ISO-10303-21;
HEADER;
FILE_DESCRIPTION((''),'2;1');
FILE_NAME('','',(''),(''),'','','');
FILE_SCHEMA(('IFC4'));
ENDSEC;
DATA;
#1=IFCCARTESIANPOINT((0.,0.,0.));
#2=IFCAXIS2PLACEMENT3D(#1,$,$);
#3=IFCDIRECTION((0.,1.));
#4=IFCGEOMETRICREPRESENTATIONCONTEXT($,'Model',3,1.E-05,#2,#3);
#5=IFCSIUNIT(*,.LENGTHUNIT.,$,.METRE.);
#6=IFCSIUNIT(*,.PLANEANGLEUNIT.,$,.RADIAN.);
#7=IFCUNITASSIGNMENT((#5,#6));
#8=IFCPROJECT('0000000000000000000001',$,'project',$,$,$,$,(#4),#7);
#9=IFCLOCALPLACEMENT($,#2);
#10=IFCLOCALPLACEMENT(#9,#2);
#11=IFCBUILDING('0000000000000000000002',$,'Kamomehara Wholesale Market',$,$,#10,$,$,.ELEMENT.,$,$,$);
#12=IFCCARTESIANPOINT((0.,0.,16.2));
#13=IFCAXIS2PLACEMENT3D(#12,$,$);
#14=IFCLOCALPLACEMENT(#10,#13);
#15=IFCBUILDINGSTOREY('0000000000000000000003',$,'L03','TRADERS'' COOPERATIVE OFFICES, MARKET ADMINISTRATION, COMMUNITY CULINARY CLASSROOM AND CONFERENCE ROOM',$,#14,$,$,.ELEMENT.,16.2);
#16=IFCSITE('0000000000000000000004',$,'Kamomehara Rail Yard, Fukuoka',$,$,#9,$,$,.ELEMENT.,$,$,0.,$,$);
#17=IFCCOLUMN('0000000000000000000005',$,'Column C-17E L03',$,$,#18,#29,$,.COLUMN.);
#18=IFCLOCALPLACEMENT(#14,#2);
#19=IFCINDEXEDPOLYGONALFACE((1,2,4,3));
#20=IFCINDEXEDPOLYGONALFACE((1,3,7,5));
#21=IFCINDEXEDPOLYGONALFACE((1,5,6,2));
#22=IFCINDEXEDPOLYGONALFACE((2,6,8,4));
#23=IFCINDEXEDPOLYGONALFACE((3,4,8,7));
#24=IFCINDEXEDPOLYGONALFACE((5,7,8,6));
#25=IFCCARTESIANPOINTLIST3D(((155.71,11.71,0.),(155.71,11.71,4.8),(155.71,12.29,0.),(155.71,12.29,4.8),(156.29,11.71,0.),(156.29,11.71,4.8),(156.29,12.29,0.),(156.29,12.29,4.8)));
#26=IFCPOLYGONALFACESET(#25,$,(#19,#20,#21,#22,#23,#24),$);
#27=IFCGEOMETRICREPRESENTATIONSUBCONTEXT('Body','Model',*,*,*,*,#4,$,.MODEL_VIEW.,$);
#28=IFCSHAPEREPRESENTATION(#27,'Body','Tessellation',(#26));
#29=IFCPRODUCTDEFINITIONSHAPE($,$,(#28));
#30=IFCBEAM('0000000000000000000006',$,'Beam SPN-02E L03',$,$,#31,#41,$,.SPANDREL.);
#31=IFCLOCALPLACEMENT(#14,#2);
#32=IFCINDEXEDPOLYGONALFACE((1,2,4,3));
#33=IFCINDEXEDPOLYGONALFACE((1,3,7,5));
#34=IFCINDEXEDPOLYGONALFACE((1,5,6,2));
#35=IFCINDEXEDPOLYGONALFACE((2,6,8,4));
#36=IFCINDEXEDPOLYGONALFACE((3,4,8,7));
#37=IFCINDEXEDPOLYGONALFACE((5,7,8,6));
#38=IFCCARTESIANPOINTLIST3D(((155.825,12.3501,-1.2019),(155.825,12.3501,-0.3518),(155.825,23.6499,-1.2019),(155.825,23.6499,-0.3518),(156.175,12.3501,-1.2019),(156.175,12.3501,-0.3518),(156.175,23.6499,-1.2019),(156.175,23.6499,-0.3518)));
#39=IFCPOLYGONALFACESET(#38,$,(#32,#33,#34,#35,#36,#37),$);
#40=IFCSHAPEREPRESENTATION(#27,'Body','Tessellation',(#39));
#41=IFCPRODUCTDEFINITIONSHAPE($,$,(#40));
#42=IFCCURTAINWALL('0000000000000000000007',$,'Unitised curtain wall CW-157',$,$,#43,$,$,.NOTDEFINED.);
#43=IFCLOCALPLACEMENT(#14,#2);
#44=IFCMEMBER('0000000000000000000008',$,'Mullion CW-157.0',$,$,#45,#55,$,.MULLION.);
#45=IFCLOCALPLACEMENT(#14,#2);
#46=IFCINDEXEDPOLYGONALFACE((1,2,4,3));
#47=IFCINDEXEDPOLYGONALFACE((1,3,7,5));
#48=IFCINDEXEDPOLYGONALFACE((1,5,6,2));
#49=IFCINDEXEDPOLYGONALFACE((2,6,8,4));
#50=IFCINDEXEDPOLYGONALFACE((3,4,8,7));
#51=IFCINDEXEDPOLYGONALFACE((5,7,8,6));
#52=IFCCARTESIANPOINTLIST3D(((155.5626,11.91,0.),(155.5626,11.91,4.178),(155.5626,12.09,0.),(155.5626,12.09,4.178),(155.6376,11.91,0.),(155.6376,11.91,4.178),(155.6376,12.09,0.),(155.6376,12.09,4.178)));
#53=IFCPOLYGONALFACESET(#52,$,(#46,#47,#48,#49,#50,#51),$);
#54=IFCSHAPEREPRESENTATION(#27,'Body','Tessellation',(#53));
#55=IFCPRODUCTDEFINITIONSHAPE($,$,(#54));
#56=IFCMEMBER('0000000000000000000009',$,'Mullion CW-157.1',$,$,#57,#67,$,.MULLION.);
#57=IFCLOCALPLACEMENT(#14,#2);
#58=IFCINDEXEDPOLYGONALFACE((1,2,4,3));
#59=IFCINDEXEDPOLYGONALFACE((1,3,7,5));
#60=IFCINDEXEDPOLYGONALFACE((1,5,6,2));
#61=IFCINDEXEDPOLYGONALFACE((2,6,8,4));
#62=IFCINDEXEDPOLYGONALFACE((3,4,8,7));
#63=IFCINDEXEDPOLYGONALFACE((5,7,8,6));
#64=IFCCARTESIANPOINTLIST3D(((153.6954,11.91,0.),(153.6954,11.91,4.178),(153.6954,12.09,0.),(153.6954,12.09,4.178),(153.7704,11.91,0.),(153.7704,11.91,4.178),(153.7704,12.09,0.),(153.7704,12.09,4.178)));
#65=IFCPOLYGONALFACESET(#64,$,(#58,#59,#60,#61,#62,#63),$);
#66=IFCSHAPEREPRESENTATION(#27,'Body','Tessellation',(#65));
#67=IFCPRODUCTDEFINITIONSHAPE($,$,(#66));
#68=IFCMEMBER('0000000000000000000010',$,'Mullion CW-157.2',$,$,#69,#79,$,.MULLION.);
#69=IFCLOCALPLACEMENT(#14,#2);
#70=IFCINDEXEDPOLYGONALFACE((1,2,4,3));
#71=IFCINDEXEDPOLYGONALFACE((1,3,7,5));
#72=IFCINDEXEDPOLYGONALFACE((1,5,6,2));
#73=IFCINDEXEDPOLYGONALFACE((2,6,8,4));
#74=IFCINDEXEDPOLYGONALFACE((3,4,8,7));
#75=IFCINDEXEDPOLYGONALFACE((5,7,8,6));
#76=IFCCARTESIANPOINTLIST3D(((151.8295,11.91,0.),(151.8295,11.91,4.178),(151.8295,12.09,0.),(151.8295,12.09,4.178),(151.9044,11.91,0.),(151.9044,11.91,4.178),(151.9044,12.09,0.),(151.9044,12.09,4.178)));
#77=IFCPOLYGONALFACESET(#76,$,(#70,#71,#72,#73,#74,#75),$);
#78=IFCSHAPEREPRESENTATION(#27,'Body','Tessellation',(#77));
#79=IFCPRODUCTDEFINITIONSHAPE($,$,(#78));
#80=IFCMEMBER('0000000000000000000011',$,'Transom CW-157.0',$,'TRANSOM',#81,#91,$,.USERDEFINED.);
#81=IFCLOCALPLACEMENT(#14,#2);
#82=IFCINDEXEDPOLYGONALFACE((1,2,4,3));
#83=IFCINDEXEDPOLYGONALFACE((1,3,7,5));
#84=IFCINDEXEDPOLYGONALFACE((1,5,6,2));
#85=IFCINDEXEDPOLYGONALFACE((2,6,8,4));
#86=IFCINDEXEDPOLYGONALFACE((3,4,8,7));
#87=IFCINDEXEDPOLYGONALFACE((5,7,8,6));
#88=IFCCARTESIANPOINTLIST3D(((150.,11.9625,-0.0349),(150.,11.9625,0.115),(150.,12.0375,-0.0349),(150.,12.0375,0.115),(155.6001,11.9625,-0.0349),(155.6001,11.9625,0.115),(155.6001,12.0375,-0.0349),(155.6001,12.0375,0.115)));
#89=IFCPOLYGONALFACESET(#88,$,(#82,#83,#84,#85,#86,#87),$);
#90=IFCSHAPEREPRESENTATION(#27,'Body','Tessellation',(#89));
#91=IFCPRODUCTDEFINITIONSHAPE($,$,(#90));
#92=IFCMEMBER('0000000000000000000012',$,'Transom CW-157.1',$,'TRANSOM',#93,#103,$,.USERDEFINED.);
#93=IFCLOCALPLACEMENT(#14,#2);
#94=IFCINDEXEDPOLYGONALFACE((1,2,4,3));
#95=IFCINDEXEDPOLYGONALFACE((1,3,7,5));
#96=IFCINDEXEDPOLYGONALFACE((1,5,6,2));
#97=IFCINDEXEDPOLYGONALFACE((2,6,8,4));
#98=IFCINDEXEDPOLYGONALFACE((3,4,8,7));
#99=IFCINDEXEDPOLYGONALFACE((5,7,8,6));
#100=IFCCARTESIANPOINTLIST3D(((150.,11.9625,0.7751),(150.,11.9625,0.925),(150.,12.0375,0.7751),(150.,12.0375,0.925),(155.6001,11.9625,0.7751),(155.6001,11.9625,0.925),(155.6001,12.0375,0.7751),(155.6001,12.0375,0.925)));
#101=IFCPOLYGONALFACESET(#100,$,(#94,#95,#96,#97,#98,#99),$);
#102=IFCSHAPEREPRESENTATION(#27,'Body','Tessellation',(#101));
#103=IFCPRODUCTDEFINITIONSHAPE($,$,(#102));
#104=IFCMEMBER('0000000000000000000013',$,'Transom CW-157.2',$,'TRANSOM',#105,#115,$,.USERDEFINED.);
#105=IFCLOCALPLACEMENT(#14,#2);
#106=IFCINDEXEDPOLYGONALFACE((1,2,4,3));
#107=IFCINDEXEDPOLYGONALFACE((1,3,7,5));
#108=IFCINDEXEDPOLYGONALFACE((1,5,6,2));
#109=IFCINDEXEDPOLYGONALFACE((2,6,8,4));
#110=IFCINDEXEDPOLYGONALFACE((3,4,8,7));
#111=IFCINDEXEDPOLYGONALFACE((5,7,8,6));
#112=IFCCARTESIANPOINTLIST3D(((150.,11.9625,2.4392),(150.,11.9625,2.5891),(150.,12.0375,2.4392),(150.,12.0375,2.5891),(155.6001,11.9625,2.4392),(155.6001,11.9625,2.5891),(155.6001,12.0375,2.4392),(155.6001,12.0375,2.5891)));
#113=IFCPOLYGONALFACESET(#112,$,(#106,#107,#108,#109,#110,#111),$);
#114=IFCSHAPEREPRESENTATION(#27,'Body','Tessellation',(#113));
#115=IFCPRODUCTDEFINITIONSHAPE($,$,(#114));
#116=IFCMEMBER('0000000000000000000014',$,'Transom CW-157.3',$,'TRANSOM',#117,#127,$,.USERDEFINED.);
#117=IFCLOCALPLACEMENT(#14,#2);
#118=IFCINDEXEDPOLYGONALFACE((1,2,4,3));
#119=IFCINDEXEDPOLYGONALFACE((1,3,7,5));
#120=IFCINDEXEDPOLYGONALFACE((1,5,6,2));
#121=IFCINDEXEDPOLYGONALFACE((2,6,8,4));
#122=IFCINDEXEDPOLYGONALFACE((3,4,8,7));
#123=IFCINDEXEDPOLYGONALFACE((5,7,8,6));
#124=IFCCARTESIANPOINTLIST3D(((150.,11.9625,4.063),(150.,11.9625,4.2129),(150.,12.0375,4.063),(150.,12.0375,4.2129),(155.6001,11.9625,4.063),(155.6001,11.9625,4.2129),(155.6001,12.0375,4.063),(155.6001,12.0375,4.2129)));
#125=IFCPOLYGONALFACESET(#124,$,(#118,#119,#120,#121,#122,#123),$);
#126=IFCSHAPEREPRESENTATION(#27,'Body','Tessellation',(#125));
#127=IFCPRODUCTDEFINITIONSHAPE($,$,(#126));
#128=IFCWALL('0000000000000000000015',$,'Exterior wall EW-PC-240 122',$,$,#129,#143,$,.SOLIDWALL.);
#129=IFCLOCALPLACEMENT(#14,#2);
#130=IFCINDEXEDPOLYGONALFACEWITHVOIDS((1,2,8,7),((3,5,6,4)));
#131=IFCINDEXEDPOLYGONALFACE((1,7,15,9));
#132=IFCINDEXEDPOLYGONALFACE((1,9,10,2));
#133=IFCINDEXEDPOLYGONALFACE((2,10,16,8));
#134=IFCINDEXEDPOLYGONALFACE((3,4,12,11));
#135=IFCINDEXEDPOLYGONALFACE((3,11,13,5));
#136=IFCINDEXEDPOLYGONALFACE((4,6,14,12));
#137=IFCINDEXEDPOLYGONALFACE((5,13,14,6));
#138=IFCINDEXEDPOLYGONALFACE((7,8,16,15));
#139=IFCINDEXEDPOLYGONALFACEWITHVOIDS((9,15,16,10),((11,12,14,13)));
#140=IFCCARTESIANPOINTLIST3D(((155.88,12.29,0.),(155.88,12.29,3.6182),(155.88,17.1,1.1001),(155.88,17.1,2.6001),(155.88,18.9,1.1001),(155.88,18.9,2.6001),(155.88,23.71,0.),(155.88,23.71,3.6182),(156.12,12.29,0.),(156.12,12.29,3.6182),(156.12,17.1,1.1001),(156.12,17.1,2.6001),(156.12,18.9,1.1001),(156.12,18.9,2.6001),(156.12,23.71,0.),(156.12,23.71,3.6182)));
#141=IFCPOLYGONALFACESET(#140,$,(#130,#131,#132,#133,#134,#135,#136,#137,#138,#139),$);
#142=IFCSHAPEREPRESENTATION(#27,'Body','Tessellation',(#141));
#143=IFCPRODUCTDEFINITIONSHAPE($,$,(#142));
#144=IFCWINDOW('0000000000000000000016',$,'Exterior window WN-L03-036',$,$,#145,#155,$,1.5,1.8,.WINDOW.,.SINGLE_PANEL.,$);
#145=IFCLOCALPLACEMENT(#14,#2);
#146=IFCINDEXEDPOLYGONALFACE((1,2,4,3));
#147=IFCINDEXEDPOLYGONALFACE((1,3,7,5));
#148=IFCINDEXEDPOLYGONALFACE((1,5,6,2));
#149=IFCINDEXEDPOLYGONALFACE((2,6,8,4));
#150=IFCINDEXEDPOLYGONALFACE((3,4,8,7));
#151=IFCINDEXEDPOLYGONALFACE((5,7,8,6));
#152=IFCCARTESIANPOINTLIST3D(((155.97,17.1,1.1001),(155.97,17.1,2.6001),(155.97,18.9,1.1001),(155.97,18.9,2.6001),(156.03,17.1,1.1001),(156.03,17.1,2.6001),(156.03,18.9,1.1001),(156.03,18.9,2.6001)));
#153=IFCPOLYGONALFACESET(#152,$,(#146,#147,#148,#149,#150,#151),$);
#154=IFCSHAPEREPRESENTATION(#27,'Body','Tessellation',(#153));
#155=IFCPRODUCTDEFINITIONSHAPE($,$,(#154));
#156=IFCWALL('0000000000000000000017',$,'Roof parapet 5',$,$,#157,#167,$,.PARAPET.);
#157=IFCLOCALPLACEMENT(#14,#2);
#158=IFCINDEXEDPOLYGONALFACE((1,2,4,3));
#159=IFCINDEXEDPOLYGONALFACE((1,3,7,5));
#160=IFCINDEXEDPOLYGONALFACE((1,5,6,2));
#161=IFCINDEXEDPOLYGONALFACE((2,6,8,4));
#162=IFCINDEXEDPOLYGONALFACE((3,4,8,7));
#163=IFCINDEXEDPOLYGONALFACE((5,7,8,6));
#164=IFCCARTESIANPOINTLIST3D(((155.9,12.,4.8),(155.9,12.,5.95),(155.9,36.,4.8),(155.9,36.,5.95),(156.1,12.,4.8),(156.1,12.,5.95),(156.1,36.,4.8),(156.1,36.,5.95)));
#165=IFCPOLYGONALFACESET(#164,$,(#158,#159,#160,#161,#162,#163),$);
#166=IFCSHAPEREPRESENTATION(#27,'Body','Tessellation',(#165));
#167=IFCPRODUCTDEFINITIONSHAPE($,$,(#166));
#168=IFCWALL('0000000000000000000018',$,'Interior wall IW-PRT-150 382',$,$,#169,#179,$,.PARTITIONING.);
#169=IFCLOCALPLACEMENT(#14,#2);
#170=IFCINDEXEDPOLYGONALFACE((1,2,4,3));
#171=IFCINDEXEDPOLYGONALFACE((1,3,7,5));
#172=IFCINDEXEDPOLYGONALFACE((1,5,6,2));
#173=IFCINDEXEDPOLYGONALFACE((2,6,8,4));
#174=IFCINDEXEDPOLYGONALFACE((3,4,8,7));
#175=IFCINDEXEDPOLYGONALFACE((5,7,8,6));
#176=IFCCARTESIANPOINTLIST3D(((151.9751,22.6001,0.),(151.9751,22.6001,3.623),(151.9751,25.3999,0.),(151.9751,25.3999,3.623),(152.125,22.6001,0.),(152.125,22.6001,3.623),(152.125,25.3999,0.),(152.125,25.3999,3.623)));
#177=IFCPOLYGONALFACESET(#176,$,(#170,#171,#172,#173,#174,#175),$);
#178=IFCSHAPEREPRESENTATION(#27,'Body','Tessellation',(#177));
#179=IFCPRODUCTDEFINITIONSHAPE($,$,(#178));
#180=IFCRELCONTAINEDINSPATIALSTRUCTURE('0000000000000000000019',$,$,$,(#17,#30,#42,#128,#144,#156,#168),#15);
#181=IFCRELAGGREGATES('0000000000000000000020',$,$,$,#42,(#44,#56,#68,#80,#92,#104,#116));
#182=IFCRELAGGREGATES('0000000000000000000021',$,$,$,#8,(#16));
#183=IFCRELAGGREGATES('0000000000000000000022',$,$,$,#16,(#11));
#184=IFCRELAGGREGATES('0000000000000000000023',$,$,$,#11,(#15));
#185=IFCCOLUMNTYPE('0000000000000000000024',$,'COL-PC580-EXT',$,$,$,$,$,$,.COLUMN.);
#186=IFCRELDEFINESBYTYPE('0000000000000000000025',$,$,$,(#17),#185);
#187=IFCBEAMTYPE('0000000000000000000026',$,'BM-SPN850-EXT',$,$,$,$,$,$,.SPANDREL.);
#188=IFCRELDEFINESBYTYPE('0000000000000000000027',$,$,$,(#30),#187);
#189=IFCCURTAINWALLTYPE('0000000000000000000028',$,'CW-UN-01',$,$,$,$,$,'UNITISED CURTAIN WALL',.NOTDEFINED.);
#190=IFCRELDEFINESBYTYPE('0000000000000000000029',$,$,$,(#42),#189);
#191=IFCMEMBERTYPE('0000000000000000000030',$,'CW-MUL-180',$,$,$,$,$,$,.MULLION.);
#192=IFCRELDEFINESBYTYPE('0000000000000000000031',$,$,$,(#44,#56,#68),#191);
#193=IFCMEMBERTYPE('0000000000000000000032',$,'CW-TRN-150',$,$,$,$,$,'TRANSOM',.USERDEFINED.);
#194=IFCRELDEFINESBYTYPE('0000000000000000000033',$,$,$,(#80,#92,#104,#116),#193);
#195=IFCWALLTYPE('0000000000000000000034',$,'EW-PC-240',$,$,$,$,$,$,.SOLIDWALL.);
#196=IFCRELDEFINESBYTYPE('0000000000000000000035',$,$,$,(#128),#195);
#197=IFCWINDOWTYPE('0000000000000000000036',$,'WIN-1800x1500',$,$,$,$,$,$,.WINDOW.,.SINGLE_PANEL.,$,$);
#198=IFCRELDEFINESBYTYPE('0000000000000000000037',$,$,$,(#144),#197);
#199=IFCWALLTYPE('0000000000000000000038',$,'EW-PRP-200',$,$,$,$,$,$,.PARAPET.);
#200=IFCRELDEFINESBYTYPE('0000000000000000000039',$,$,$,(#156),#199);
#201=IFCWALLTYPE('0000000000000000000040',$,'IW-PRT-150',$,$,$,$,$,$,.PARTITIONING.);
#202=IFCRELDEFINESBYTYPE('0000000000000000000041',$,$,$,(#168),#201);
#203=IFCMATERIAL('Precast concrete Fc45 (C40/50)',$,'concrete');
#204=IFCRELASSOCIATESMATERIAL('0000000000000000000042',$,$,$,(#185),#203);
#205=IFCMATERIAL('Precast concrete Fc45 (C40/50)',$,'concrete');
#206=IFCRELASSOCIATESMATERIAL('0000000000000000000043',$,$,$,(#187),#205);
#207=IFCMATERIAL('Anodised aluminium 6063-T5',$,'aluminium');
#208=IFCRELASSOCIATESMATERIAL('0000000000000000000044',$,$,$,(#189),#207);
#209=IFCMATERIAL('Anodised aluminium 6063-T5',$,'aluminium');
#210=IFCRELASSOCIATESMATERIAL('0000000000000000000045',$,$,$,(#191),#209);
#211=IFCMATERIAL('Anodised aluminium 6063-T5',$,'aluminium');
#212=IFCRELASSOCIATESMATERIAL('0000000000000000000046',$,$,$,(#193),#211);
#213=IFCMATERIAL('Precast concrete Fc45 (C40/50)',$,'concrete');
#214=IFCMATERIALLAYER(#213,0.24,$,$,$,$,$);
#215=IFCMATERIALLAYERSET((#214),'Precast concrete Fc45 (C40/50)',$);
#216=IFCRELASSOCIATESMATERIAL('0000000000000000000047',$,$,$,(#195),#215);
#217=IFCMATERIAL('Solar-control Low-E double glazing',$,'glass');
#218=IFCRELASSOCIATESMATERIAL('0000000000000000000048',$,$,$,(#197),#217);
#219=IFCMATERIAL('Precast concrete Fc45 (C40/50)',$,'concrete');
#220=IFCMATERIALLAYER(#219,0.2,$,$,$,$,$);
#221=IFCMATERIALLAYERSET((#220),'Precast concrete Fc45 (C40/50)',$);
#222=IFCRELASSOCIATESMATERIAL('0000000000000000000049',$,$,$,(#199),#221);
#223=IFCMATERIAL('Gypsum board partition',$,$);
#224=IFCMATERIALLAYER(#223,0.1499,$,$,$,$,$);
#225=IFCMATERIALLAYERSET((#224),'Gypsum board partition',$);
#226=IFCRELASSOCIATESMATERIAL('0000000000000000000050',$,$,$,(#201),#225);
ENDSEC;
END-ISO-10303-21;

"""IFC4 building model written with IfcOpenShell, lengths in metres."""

from ifc_helpers import new_model, si_unit, direction, frame, frame_2d, origin, origin_2d, place, context, subcontext, project, spatial, rectangle, extrude, material, layer, layer_set, material_profile, profile_set, type_object, element, fill, aggregate, save


model = new_model("IFC4")

# Units and contexts
model_context = context("Model", 3, precision=1e-05, world=origin(), true_north=direction((0.0, 1.0)))
body_context = subcontext(model_context, "Body", "Model", "MODEL_VIEW")
ifc_project = project(units=[si_unit("LENGTHUNIT", "METRE"), si_unit("PLANEANGLEUNIT", "RADIAN")], contexts=[model_context])

# Site, building, storey
site_placement = place(None, origin())
site = spatial("IfcSite", under=ifc_project, at=site_placement, Name="Kamomehara Rail Yard, Fukuoka", CompositionType="ELEMENT", RefElevation=0.0)
building_placement = place(site_placement, origin())
building = spatial("IfcBuilding", under=site, at=building_placement, Name="Kamomehara Wholesale Market", CompositionType="ELEMENT")
storey_placement = place(building_placement, frame((0.0, 0.0, 16.2)))
storey = spatial("IfcBuildingStorey", under=building, at=storey_placement, Name="L03", Description="TRADERS' COOPERATIVE OFFICES, MARKET ADMINISTRATION, COMMUNITY CULINARY CLASSROOM AND CONFERENCE ROOM", CompositionType="ELEMENT", Elevation=16.2)

# Column
ifc_material_1 = material(Name="Precast concrete Fc45 (C40/50)", Category="concrete")
ifc_material_profile_1 = material_profile(ifc_material_1, rectangle(XDim=0.5801, YDim=0.5801, at=origin_2d()), Name="PC-COL-580x580")
ifc_profile_set_1 = profile_set([ifc_material_profile_1], Name="Precast concrete Fc45 (C40/50)")
column_type = type_object("IfcColumnType", Name="COL-PC580-EXT", PredefinedType="COLUMN", material=ifc_profile_set_1)
column_placement = place(storey_placement, frame((156.0, 12.0, 0.0), z_axis=(0.0, 0.0, 1.0), x_axis=(1.0, 0.0, 0.0)))
element("IfcColumn", 1, at=column_placement, inside=storey, type_object=column_type, Name="Column C-17E L03", PredefinedType="COLUMN", context=body_context, shape_type="SweptSolid", body=[
    extrude(rectangle(XDim=0.5801, YDim=0.5801, at=origin_2d()), origin(), (0.0, 0.0, 1.0), 4.8),
])

# Beam
ifc_material_2 = material(Name="Precast concrete Fc45 (C40/50)", Category="concrete")
ifc_material_profile_2 = material_profile(ifc_material_2, rectangle(XDim=0.3501, YDim=0.8501, at=origin_2d()), Name="PC-SPN-350x850")
ifc_profile_set_2 = profile_set([ifc_material_profile_2], Name="Precast concrete Fc45 (C40/50)")
beam_type = type_object("IfcBeamType", Name="BM-SPN850-EXT", PredefinedType="SPANDREL", material=ifc_profile_set_2)
beam_placement = place(storey_placement, frame((156.0, 12.3501, -0.7769), z_axis=(0.0, 1.0, 0.0), x_axis=(-1.0, 0.0, 0.0)))
element("IfcBeam", 2, at=beam_placement, inside=storey, type_object=beam_type, Name="Beam SPN-02E L03", PredefinedType="SPANDREL", context=body_context, shape_type="SweptSolid", body=[
    extrude(rectangle(XDim=0.3501, YDim=0.8501, at=origin_2d()), origin(), (0.0, 0.0, 1.0), 11.2998),
])

# Curtain wall, members
ifc_material_3 = material(Name="Anodised aluminium 6063-T5", Category="aluminium")
curtain_wall_type = type_object("IfcCurtainWallType", Name="CW-UN-01", ElementType="UNITISED CURTAIN WALL", PredefinedType="NOTDEFINED", material=ifc_material_3)
curtain_wall_placement = place(storey_placement, origin())
curtain_wall = element("IfcCurtainWall", 3, at=curtain_wall_placement, inside=storey, type_object=curtain_wall_type, Name="Unitised curtain wall CW-157", PredefinedType="NOTDEFINED")
ifc_material_4 = material(Name="Anodised aluminium 6063-T5", Category="aluminium")
ifc_material_profile_3 = material_profile(ifc_material_4, rectangle(XDim=0.075, YDim=0.1799, at=origin_2d()), Name="ALU-MUL-75x180")
ifc_profile_set_3 = profile_set([ifc_material_profile_3], Name="Anodised aluminium 6063-T5")
member_type_1 = type_object("IfcMemberType", Name="CW-MUL-180", PredefinedType="MULLION", material=ifc_profile_set_3)
member_1_placement = place(storey_placement, frame((155.6001, 12.0, 0.0), z_axis=(0.0, 0.0, 1.0), x_axis=(-1.0, 0.0, 0.0)))
member_1 = element("IfcMember", 4, at=member_1_placement, type_object=member_type_1, Name="Mullion CW-157.0", PredefinedType="MULLION", context=body_context, shape_type="SweptSolid", body=[
    extrude(rectangle(XDim=0.075, YDim=0.1799, at=origin_2d()), origin(), (0.0, 0.0, 1.0), 4.178),
])
member_2_placement = place(storey_placement, frame((153.7329, 12.0, 0.0), z_axis=(0.0, 0.0, 1.0), x_axis=(-1.0, 0.0, 0.0)))
member_2 = element("IfcMember", 5, at=member_2_placement, type_object=member_type_1, Name="Mullion CW-157.1", PredefinedType="MULLION", context=body_context, shape_type="SweptSolid", body=[
    extrude(rectangle(XDim=0.075, YDim=0.1799, at=origin_2d()), origin(), (0.0, 0.0, 1.0), 4.178),
])
member_3_placement = place(storey_placement, frame((151.8669, 12.0, 0.0), z_axis=(0.0, 0.0, 1.0), x_axis=(-1.0, 0.0, 0.0)))
member_3 = element("IfcMember", 6, at=member_3_placement, type_object=member_type_1, Name="Mullion CW-157.2", PredefinedType="MULLION", context=body_context, shape_type="SweptSolid", body=[
    extrude(rectangle(XDim=0.075, YDim=0.1799, at=origin_2d()), origin(), (0.0, 0.0, 1.0), 4.178),
])
ifc_material_5 = material(Name="Anodised aluminium 6063-T5", Category="aluminium")
ifc_material_profile_4 = material_profile(ifc_material_5, rectangle(XDim=0.075, YDim=0.1499, at=origin_2d()), Name="ALU-TRN-75x150")
ifc_profile_set_4 = profile_set([ifc_material_profile_4], Name="Anodised aluminium 6063-T5")
member_type_2 = type_object("IfcMemberType", Name="CW-TRN-150", ElementType="TRANSOM", PredefinedType="USERDEFINED", material=ifc_profile_set_4)
member_4_placement = place(storey_placement, frame((155.6001, 12.0, 0.04), z_axis=(-1.0, 0.0, 0.0), x_axis=(0.0, -1.0, 0.0)))
member_4 = element("IfcMember", 7, at=member_4_placement, type_object=member_type_2, Name="Transom CW-157.0", ObjectType="TRANSOM", PredefinedType="USERDEFINED", context=body_context, shape_type="SweptSolid", body=[
    extrude(rectangle(XDim=0.075, YDim=0.1499, at=origin_2d()), origin(), (0.0, 0.0, 1.0), 5.6001),
])
member_5_placement = place(storey_placement, frame((155.6001, 12.0, 0.8501), z_axis=(-1.0, 0.0, 0.0), x_axis=(0.0, -1.0, 0.0)))
member_5 = element("IfcMember", 8, at=member_5_placement, type_object=member_type_2, Name="Transom CW-157.1", ObjectType="TRANSOM", PredefinedType="USERDEFINED", context=body_context, shape_type="SweptSolid", body=[
    extrude(rectangle(XDim=0.075, YDim=0.1499, at=origin_2d()), origin(), (0.0, 0.0, 1.0), 5.6001),
])
member_6_placement = place(storey_placement, frame((155.6001, 12.0, 2.5142), z_axis=(-1.0, 0.0, 0.0), x_axis=(0.0, -1.0, 0.0)))
member_6 = element("IfcMember", 9, at=member_6_placement, type_object=member_type_2, Name="Transom CW-157.2", ObjectType="TRANSOM", PredefinedType="USERDEFINED", context=body_context, shape_type="SweptSolid", body=[
    extrude(rectangle(XDim=0.075, YDim=0.1499, at=origin_2d()), origin(), (0.0, 0.0, 1.0), 5.6001),
])
member_7_placement = place(storey_placement, frame((155.6001, 12.0, 4.1379), z_axis=(-1.0, 0.0, 0.0), x_axis=(0.0, -1.0, 0.0)))
member_7 = element("IfcMember", 10, at=member_7_placement, type_object=member_type_2, Name="Transom CW-157.3", ObjectType="TRANSOM", PredefinedType="USERDEFINED", context=body_context, shape_type="SweptSolid", body=[
    extrude(rectangle(XDim=0.075, YDim=0.1499, at=origin_2d()), origin(), (0.0, 0.0, 1.0), 5.6001),
])
aggregate(curtain_wall, [member_1, member_2, member_3, member_4, member_5, member_6, member_7])

# Wall, opening, window
ifc_material_6 = material(Name="Precast concrete Fc45 (C40/50)", Category="concrete")
ifc_layer_1 = layer(ifc_material_6, 0.24)
ifc_layer_set_1 = layer_set([ifc_layer_1], Name="Precast concrete Fc45 (C40/50)")
wall_type_1 = type_object("IfcWallType", Name="EW-PC-240", PredefinedType="SOLIDWALL", material=ifc_layer_set_1)
wall_1_placement = place(storey_placement, frame((156.0, 23.71, 0.0), z_axis=(0.0, 0.0, 1.0), x_axis=(0.0, -1.0, 0.0)))
wall_1 = element("IfcWall", 11, at=wall_1_placement, inside=storey, type_object=wall_type_1, Name="Exterior wall EW-PC-240 122", PredefinedType="SOLIDWALL", context=body_context, shape_type="SweptSolid", body=[
    extrude(rectangle(XDim=11.4199, YDim=0.24, at=frame_2d((5.71, 0.0))), origin(), (0.0, 0.0, 1.0), 3.6182),
])
opening_1_placement = place(wall_1_placement, frame((4.8101, 0.0, 1.1001)))
opening_1 = element("IfcOpeningElement", 12, at=opening_1_placement, cuts=wall_1, PredefinedType="OPENING", context=body_context, shape_type="SweptSolid", body=[
    extrude(rectangle(XDim=1.8, YDim=1.5, at=frame_2d((0.8999, 0.75))), frame((0.0, 0.1348, 0.0), z_axis=(0.0, -1.0, 0.0), x_axis=(1.0, 0.0, 0.0)), (0.0, 0.0, 1.0), 0.2698),
])
ifc_material_7 = material(Name="Solar-control Low-E double glazing", Category="glass")
window_type = type_object("IfcWindowType", Name="WIN-1800x1500", PartitioningType="SINGLE_PANEL", PredefinedType="WINDOW", material=ifc_material_7)
window_placement = place(opening_1_placement, origin())
window = element("IfcWindow", 13, at=window_placement, inside=storey, type_object=window_type, Name="Exterior window WN-L03-036", OverallHeight=1.5, OverallWidth=1.8, PartitioningType="SINGLE_PANEL", PredefinedType="WINDOW", context=body_context, shape_type="SweptSolid", body=[
    extrude(rectangle(XDim=1.8, YDim=1.5, at=frame_2d((0.8999, 0.75))), frame((0.0, 0.03, 0.0), z_axis=(0.0, -1.0, 0.0), x_axis=(1.0, 0.0, 0.0)), (0.0, 0.0, 1.0), 0.0601),
])
fill(opening_1, window)

# Walls
ifc_material_8 = material(Name="Precast concrete Fc45 (C40/50)", Category="concrete")
ifc_layer_2 = layer(ifc_material_8, 0.2)
ifc_layer_set_2 = layer_set([ifc_layer_2], Name="Precast concrete Fc45 (C40/50)")
wall_type_2 = type_object("IfcWallType", Name="EW-PRP-200", PredefinedType="PARAPET", material=ifc_layer_set_2)
wall_2_placement = place(storey_placement, frame((156.0, 12.0, 4.8), z_axis=(0.0, 0.0, 1.0), x_axis=(0.0, 1.0, 0.0)))
element("IfcWall", 14, at=wall_2_placement, inside=storey, type_object=wall_type_2, Name="Roof parapet 5", PredefinedType="PARAPET", context=body_context, shape_type="SweptSolid", body=[
    extrude(rectangle(XDim=24.0, YDim=0.2, at=frame_2d((12.0, 0.0))), origin(), (0.0, 0.0, 1.0), 1.1499),
])
ifc_material_9 = material(Name="Gypsum board partition")
ifc_layer_3 = layer(ifc_material_9, 0.1499)
ifc_layer_set_3 = layer_set([ifc_layer_3], Name="Gypsum board partition")
wall_type_3 = type_object("IfcWallType", Name="IW-PRT-150", PredefinedType="PARTITIONING", material=ifc_layer_set_3)
wall_3_placement = place(storey_placement, frame((152.05, 22.6001, 0.0), z_axis=(0.0, 0.0, 1.0), x_axis=(0.0, 1.0, 0.0)))
element("IfcWall", 15, at=wall_3_placement, inside=storey, type_object=wall_type_3, Name="Interior wall IW-PRT-150 382", PredefinedType="PARTITIONING", context=body_context, shape_type="SweptSolid", body=[
    extrude(rectangle(XDim=2.7998, YDim=0.1499, at=frame_2d((1.3999, 0.0))), origin(), (0.0, 0.0, 1.0), 3.623),
])

save(model, "model.ifc")
